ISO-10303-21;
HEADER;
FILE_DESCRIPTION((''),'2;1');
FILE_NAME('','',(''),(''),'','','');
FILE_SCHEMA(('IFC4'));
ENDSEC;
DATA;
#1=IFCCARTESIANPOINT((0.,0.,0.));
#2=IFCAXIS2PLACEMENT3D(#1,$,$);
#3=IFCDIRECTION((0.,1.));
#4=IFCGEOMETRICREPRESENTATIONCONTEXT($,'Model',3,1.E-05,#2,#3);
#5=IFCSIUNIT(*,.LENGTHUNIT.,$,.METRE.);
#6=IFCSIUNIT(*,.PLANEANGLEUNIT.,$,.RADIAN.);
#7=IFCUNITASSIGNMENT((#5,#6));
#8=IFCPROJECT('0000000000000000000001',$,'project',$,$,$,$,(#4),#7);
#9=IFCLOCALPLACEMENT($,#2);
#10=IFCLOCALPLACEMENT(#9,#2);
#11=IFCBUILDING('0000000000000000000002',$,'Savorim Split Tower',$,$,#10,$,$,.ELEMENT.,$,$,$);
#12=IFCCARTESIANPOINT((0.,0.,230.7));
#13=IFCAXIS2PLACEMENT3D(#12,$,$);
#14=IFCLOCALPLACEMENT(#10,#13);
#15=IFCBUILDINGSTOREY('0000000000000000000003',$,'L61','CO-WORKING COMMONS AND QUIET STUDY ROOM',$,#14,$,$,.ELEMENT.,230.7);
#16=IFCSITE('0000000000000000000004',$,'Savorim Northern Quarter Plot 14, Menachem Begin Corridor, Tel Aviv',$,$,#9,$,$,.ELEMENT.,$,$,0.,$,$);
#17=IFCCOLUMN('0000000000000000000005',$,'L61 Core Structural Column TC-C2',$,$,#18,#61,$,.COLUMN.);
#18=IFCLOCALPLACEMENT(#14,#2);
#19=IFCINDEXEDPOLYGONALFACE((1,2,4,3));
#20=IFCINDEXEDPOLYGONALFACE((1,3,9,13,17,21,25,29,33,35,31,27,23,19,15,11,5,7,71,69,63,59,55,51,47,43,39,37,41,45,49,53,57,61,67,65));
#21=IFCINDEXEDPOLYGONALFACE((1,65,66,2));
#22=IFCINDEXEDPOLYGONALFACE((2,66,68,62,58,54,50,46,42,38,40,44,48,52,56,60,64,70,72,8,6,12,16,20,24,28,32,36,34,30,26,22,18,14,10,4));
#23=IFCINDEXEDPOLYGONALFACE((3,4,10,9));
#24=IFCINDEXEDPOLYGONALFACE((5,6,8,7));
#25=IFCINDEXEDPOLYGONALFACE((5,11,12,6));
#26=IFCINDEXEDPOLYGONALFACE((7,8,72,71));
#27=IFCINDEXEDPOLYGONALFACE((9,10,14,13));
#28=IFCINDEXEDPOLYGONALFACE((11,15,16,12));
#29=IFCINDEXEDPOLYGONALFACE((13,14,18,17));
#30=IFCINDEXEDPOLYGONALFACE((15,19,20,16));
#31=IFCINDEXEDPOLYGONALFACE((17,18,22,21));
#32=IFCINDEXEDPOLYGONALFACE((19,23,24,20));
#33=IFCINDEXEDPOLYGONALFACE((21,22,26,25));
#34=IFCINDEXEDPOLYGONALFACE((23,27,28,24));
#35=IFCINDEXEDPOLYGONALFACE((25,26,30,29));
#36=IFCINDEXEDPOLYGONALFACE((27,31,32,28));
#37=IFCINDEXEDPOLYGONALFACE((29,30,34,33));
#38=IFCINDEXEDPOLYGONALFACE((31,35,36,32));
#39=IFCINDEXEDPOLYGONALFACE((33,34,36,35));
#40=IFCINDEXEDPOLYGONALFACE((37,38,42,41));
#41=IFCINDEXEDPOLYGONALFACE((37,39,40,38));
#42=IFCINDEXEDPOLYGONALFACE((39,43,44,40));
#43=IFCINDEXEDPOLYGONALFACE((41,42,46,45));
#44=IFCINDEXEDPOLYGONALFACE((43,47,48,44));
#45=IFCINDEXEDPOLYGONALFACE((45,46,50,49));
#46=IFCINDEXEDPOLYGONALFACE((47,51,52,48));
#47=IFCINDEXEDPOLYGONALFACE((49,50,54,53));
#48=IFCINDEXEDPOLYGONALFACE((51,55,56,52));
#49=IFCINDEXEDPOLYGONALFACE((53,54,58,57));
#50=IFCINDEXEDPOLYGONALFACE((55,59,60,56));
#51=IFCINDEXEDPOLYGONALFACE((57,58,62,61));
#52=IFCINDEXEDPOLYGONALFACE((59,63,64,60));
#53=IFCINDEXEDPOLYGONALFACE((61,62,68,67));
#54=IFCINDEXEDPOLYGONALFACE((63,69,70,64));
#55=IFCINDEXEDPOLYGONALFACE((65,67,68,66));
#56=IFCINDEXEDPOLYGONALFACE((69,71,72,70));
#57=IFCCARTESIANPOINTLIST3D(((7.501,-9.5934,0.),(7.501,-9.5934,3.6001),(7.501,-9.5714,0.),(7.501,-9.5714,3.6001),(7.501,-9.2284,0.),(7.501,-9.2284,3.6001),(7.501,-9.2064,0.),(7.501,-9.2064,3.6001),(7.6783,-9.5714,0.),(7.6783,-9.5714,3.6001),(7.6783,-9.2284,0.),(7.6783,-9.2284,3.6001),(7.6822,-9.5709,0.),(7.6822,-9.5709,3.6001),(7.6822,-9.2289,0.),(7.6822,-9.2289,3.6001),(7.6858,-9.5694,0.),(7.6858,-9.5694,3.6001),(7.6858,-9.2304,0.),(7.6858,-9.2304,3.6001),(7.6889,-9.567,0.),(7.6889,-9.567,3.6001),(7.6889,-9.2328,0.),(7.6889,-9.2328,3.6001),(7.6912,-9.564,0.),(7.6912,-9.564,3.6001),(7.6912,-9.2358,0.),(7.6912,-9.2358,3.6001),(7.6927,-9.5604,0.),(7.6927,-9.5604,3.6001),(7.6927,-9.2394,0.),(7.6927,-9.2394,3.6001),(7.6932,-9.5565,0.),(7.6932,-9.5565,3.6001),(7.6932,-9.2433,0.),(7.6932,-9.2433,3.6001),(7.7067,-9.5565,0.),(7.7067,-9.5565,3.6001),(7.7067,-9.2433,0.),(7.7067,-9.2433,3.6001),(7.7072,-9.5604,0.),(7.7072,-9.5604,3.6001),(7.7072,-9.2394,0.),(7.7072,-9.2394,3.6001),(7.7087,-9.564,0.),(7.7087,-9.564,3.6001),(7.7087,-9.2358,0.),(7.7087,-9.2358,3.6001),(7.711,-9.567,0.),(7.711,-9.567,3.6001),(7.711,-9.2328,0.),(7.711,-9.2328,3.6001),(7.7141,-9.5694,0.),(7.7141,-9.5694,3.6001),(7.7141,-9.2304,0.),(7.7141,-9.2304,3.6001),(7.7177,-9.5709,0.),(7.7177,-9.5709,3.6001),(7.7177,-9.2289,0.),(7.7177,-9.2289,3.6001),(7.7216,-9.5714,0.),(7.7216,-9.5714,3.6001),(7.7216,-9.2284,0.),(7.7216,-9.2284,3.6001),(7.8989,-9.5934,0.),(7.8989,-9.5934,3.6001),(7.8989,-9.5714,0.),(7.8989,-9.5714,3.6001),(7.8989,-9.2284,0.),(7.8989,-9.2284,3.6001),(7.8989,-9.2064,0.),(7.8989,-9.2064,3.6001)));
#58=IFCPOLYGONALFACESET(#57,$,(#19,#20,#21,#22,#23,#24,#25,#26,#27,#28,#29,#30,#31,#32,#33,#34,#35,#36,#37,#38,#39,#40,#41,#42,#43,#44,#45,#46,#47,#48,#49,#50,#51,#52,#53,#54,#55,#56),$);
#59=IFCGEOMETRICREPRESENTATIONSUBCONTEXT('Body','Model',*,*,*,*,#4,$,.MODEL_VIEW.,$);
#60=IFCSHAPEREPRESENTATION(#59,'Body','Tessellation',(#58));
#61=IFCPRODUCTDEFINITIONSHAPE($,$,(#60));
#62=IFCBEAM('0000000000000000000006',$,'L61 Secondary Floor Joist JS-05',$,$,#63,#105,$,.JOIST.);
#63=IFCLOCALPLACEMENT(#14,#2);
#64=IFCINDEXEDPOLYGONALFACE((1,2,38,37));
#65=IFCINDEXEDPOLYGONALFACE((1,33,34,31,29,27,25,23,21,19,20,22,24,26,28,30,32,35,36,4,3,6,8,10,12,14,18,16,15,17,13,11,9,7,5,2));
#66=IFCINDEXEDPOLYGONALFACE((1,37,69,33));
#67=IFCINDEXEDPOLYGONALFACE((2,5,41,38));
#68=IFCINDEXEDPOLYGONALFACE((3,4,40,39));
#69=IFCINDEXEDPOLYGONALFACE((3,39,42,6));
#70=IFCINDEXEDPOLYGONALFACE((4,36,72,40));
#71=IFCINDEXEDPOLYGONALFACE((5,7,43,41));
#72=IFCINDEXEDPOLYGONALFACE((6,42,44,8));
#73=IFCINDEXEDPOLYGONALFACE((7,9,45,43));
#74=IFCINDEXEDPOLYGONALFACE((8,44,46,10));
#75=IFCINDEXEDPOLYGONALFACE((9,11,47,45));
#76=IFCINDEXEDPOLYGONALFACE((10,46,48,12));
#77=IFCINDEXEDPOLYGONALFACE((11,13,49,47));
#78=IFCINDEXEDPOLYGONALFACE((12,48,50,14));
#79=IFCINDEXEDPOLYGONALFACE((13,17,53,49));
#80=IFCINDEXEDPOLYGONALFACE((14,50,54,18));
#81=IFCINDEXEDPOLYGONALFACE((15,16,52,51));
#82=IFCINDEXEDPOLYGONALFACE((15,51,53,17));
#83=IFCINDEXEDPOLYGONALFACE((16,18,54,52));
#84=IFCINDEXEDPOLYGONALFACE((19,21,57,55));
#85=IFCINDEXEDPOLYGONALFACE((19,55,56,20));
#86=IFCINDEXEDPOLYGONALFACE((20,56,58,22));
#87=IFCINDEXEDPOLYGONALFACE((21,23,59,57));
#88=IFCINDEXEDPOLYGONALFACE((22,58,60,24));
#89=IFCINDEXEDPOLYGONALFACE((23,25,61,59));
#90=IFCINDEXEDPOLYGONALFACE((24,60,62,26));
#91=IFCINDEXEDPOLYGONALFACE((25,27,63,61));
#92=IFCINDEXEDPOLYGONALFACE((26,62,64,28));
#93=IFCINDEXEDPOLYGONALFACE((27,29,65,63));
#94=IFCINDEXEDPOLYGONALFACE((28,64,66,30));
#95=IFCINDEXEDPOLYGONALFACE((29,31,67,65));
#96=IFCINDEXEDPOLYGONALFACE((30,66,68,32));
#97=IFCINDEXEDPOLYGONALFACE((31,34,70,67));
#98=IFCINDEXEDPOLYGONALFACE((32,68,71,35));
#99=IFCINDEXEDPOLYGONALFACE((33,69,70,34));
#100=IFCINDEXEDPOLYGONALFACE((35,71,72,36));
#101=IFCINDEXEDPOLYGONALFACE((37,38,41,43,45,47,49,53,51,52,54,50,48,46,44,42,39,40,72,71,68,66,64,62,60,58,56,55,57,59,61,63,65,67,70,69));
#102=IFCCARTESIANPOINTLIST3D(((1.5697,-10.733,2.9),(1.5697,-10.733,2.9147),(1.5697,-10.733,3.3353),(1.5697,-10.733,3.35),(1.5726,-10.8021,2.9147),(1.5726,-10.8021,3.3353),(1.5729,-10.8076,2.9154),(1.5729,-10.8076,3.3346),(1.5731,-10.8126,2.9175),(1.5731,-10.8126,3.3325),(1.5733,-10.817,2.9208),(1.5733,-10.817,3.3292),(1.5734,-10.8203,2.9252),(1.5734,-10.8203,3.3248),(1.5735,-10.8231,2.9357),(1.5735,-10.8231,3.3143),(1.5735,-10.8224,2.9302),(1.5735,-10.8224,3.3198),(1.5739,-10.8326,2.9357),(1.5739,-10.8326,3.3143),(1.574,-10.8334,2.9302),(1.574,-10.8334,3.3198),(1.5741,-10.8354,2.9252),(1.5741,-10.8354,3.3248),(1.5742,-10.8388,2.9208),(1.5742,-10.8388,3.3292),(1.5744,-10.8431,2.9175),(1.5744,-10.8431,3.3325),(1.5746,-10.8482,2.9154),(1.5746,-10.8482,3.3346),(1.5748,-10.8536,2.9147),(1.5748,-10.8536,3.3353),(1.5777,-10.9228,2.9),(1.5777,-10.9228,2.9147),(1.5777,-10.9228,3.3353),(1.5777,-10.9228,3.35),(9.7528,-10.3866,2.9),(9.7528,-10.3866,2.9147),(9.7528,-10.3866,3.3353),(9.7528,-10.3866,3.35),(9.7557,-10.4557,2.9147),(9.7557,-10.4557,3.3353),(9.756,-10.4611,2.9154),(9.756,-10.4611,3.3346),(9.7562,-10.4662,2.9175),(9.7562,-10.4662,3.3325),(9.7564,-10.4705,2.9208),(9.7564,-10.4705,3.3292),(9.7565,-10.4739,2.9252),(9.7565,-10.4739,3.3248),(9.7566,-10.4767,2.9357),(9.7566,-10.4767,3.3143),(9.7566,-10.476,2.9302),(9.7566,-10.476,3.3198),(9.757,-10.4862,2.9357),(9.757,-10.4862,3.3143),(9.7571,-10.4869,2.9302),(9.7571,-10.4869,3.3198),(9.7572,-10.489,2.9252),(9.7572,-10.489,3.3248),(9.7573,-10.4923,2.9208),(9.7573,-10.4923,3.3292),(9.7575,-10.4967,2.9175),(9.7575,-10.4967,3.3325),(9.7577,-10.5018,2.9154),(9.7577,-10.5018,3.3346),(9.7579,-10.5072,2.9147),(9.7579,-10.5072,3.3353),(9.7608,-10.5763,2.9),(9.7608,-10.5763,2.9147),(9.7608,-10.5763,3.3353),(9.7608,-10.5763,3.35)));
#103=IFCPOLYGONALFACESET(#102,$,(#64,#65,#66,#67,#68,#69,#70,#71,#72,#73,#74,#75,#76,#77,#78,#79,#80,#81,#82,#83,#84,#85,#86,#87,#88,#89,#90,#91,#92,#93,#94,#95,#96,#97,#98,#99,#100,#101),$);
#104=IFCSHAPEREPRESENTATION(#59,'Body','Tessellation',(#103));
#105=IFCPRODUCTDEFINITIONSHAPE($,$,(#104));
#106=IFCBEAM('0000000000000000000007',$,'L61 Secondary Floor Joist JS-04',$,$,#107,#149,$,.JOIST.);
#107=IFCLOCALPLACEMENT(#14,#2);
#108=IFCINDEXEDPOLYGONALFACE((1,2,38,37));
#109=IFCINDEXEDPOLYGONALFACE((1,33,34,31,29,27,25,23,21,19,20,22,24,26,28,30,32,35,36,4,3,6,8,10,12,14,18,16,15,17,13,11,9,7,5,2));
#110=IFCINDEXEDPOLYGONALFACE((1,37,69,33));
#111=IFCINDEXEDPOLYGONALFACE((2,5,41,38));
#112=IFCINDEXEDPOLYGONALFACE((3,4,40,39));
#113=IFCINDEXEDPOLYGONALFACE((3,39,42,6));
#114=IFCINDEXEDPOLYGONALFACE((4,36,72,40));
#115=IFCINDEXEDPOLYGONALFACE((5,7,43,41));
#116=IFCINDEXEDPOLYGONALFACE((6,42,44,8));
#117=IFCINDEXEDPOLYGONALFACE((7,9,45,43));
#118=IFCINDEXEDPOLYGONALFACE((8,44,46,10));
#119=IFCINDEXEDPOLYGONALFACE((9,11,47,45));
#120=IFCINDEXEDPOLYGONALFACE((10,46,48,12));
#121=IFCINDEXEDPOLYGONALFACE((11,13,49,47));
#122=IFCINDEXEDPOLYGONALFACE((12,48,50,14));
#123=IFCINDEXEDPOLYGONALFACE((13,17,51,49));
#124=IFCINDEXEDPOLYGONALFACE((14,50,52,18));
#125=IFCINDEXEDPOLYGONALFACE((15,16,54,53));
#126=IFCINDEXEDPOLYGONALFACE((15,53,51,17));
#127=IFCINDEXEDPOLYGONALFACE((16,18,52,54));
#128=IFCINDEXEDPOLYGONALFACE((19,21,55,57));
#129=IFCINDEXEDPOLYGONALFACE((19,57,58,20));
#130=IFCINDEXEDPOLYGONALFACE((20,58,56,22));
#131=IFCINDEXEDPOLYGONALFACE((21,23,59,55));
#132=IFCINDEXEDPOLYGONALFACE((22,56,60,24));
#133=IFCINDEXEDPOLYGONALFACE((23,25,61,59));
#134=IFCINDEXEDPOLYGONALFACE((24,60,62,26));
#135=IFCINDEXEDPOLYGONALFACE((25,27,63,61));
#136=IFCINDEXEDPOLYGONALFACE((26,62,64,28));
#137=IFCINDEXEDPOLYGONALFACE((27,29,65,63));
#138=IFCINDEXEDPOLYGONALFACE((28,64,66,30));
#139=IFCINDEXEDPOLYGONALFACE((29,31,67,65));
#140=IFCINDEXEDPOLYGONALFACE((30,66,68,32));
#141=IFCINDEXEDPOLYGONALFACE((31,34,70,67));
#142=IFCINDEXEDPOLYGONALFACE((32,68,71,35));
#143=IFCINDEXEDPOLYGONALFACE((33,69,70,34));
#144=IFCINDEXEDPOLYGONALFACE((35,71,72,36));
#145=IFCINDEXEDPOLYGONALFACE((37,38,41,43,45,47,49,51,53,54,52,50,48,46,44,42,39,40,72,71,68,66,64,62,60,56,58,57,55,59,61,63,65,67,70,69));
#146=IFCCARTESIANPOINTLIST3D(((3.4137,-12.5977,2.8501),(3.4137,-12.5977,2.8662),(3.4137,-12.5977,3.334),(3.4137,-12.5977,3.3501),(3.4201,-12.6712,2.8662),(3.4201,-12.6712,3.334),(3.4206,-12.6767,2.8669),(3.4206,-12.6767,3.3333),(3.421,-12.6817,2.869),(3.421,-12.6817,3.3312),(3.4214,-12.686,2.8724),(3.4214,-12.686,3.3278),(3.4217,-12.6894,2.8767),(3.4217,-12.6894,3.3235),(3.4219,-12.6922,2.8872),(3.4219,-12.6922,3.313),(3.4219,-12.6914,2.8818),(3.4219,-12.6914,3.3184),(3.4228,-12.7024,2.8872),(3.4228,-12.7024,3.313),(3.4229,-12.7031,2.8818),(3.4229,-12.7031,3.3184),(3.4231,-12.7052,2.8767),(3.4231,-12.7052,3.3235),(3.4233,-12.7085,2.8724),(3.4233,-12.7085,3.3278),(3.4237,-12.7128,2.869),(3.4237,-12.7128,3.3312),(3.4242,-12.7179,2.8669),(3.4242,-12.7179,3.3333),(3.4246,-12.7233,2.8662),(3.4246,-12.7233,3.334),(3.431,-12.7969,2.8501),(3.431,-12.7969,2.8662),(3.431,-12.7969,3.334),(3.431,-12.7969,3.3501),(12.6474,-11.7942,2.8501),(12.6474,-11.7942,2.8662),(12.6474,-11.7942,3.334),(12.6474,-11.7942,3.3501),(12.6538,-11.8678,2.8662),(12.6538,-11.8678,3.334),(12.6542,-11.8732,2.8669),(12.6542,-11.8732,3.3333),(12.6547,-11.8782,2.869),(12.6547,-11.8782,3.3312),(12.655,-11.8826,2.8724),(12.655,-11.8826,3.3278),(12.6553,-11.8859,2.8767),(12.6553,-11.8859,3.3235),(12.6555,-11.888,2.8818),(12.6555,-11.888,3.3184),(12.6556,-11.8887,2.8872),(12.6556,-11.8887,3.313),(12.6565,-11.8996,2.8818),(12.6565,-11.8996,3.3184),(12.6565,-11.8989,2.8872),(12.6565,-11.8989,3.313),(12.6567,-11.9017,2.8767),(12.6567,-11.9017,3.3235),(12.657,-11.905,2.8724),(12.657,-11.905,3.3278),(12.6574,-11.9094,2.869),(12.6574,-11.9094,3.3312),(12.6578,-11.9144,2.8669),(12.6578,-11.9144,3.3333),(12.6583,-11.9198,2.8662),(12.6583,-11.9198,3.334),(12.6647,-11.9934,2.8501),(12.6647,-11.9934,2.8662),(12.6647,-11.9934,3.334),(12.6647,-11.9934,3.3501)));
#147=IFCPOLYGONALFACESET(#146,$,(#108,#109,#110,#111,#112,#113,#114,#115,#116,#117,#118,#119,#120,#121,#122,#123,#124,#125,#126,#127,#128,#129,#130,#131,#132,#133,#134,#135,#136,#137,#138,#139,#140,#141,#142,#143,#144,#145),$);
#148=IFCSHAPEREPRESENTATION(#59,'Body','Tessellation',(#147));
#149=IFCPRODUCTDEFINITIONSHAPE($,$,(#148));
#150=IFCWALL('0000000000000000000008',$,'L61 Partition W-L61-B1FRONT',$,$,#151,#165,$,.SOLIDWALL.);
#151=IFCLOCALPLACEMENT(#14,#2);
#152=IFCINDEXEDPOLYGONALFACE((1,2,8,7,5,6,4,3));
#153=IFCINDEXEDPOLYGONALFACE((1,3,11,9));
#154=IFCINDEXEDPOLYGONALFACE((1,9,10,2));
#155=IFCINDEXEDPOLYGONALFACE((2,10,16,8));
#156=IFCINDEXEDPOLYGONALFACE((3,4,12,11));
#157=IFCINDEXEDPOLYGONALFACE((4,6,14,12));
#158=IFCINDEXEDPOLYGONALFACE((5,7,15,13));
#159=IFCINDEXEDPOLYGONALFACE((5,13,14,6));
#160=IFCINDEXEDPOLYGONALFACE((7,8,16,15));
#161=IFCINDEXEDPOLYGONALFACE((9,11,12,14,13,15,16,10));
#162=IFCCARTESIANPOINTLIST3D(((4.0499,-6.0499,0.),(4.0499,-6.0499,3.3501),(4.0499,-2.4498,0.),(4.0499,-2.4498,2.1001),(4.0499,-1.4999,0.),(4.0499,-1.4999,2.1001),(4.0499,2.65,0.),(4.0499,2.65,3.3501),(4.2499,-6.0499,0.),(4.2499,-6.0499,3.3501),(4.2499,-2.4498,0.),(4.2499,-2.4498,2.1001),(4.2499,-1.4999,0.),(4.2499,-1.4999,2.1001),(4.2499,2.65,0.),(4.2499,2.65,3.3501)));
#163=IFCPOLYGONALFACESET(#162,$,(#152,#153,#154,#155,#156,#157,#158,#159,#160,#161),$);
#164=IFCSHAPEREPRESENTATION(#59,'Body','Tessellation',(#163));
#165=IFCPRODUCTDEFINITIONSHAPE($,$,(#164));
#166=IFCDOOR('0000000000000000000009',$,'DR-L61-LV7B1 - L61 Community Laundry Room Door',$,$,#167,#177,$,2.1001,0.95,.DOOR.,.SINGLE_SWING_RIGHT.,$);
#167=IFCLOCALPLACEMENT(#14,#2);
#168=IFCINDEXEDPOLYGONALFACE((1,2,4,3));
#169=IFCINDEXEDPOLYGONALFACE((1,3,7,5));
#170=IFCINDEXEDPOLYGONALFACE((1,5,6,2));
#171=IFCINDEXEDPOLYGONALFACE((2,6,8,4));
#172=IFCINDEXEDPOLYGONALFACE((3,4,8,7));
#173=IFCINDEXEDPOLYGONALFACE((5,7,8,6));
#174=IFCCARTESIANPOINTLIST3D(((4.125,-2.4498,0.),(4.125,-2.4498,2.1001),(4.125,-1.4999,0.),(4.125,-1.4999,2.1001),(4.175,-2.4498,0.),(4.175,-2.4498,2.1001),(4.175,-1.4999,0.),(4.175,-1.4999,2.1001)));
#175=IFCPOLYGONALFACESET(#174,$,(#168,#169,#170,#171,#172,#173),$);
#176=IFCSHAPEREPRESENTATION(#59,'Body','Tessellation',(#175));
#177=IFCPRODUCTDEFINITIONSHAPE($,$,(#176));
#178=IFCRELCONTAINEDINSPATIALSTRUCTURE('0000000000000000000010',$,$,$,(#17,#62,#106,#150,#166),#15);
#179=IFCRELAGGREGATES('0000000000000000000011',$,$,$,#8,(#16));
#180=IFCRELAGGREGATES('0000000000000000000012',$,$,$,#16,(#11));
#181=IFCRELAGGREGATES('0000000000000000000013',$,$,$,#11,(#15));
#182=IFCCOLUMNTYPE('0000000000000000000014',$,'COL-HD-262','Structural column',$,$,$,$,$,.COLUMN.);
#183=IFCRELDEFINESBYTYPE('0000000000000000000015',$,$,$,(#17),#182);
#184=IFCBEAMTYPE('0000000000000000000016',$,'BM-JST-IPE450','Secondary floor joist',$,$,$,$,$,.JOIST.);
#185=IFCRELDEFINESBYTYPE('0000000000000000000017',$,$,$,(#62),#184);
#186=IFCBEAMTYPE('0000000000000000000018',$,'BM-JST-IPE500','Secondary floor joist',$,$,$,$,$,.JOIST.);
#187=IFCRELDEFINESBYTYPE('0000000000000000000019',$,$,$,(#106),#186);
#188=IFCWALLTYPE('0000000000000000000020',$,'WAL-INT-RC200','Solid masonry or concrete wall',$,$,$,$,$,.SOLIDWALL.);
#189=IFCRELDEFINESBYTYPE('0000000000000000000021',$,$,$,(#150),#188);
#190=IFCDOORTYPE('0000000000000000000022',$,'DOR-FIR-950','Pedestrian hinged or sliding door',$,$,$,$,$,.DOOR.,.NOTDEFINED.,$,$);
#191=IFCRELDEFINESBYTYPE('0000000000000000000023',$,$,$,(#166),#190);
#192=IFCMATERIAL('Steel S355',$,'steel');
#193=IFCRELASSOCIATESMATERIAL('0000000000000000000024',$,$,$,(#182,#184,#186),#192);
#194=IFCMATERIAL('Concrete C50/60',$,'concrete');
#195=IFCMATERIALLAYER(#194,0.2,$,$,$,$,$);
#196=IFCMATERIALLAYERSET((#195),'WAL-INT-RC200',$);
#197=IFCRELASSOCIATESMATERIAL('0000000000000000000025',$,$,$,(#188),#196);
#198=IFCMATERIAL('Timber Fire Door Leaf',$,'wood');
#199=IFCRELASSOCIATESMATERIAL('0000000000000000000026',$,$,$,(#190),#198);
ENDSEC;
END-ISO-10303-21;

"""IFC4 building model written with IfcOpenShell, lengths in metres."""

from ifc_helpers import new_model, si_unit, direction, frame, frame_2d, origin, origin_2d, place, context, subcontext, project, spatial, rectangle, i_section, extrude, material, layer, layer_set, material_profile, profile_set, type_object, element, fill, save


model = new_model("IFC4")

# Units and contexts
model_context = context("Model", 3, precision=1e-05, world=origin(), true_north=direction((0.0, 1.0)))
body_context = subcontext(model_context, "Body", "Model", "MODEL_VIEW")
ifc_project = project(units=[si_unit("LENGTHUNIT", "METRE"), si_unit("PLANEANGLEUNIT", "RADIAN")], contexts=[model_context])

# Site, building, storey
site_placement = place(None, origin())
site = spatial("IfcSite", under=ifc_project, at=site_placement, Name="Savorim Northern Quarter Plot 14, Menachem Begin Corridor, Tel Aviv", CompositionType="ELEMENT", RefElevation=0.0)
building_placement = place(site_placement, origin())
building = spatial("IfcBuilding", under=site, at=building_placement, Name="Savorim Split Tower", CompositionType="ELEMENT")
storey_placement = place(building_placement, frame((0.0, 0.0, 230.7)))
storey = spatial("IfcBuildingStorey", under=building, at=storey_placement, Name="L61", Description="CO-WORKING COMMONS AND QUIET STUDY ROOM", CompositionType="ELEMENT", Elevation=230.7)

# Column
ifc_material_1 = material(Name="Steel S355", Category="steel")
ifc_material_profile_1 = material_profile(ifc_material_1, i_section(OverallWidth=0.3979, OverallDepth=0.387, WebThickness=0.0134, FlangeThickness=0.022, FilletRadius=0.0149, at=origin_2d()), Name="HD 400x262")
ifc_profile_set_1 = profile_set([ifc_material_profile_1], Name="Steel S355")
column_type = type_object("IfcColumnType", Name="COL-HD-262", Description="Structural column", PredefinedType="COLUMN", material=ifc_profile_set_1)
column_placement = place(storey_placement, frame((7.7, -9.3999, 0.0), z_axis=(0.0, 0.0, 1.0), x_axis=(1.0, 0.0, 0.0)))
element("IfcColumn", 1, at=column_placement, inside=storey, type_object=column_type, Name="L61 Core Structural Column TC-C2", PredefinedType="COLUMN", context=body_context, shape_type="SweptSolid", body=[
    extrude(i_section(OverallWidth=0.3979, OverallDepth=0.387, WebThickness=0.0134, FlangeThickness=0.022, FilletRadius=0.0149, at=origin_2d()), origin(), (0.0, 0.0, 1.0), 3.6001),
])

# Beams
ifc_material_profile_2 = material_profile(ifc_material_1, i_section(OverallWidth=0.1899, OverallDepth=0.45, WebThickness=0.0095, FlangeThickness=0.0146, FilletRadius=0.021, at=origin_2d()), Name="IPE 450")
ifc_profile_set_2 = profile_set([ifc_material_profile_2], Name="Steel S355")
beam_type_1 = type_object("IfcBeamType", Name="BM-JST-IPE450", Description="Secondary floor joist", PredefinedType="JOIST", material=ifc_profile_set_2)
beam_1_placement = place(storey_placement, frame((1.5737, -10.8279, 3.125), z_axis=(0.999105, 0.042298, 0.0), x_axis=(-0.042298, 0.999105, 0.0)))
element("IfcBeam", 2, at=beam_1_placement, inside=storey, type_object=beam_type_1, Name="L61 Secondary Floor Joist JS-05", PredefinedType="JOIST", context=body_context, shape_type="SweptSolid", body=[
    extrude(i_section(OverallWidth=0.1899, OverallDepth=0.45, WebThickness=0.0095, FlangeThickness=0.0146, FilletRadius=0.021, at=origin_2d()), origin(), (0.0, 0.0, 1.0), 8.1904),
])
ifc_material_profile_3 = material_profile(ifc_material_1, i_section(OverallWidth=0.2, OverallDepth=0.5, WebThickness=0.0103, FlangeThickness=0.0161, FilletRadius=0.021, at=origin_2d()), Name="IPE 500")
ifc_profile_set_3 = profile_set([ifc_material_profile_3], Name="Steel S355")
beam_type_2 = type_object("IfcBeamType", Name="BM-JST-IPE500", Description="Secondary floor joist", PredefinedType="JOIST", material=ifc_profile_set_3)
beam_2_placement = place(storey_placement, frame((3.4224, -12.6973, 3.1001), z_axis=(0.996236, 0.086688, 0.0), x_axis=(-0.086688, 0.996236, 0.0)))
element("IfcBeam", 3, at=beam_2_placement, inside=storey, type_object=beam_type_2, Name="L61 Secondary Floor Joist JS-04", PredefinedType="JOIST", context=body_context, shape_type="SweptSolid", body=[
    extrude(i_section(OverallWidth=0.2, OverallDepth=0.5, WebThickness=0.0103, FlangeThickness=0.0161, FilletRadius=0.021, at=origin_2d()), origin(), (0.0, 0.0, 1.0), 9.2686),
])

# Wall, opening, door
ifc_material_2 = material(Name="Concrete C50/60", Category="concrete")
ifc_layer_1 = layer(ifc_material_2, 0.2)
ifc_layer_set_1 = layer_set([ifc_layer_1], Name="WAL-INT-RC200")
wall_type_1 = type_object("IfcWallType", Name="WAL-INT-RC200", Description="Solid masonry or concrete wall", PredefinedType="SOLIDWALL", material=ifc_layer_set_1)
wall_1_placement = place(storey_placement, frame((4.1499, -6.05, 0.0), z_axis=(0.0, 0.0, 1.0), x_axis=(0.0, 1.0, 0.0)))
wall_1 = element("IfcWall", 4, at=wall_1_placement, inside=storey, type_object=wall_type_1, Name="L61 Partition W-L61-B1FRONT", PredefinedType="SOLIDWALL", context=body_context, shape_type="SweptSolid", body=[
    extrude(rectangle(XDim=8.7, YDim=0.2, at=frame_2d((4.3501, 0.0))), origin(), (0.0, 0.0, 1.0), 3.3501),
])
opening_1_placement = place(wall_1_placement, frame((3.6001, 0.0, 0.0)))
opening_1 = element("IfcOpeningElement", 5, at=opening_1_placement, cuts=wall_1, PredefinedType="OPENING", context=body_context, shape_type="SweptSolid", body=[
    extrude(rectangle(XDim=0.95, YDim=2.1001, at=frame_2d((0.4751, 1.05))), frame((0.0, 0.1099, 0.0), z_axis=(0.0, -1.0, 0.0), x_axis=(1.0, 0.0, 0.0)), (0.0, 0.0, 1.0), 0.22),
])
ifc_material_3 = material(Name="Timber Fire Door Leaf", Category="wood")
door_type_1 = type_object("IfcDoorType", Name="DOR-FIR-950", Description="Pedestrian hinged or sliding door", OperationType="NOTDEFINED", PredefinedType="DOOR", material=ifc_material_3)
door_1_placement = place(opening_1_placement, origin())
door_1 = element("IfcDoor", 6, at=door_1_placement, inside=storey, type_object=door_type_1, Name="DR-L61-LV7B1 - L61 Community Laundry Room Door", OperationType="SINGLE_SWING_RIGHT", OverallHeight=2.1001, OverallWidth=0.95, PredefinedType="DOOR", context=body_context, shape_type="SweptSolid", body=[
    extrude(rectangle(XDim=0.95, YDim=2.1001, at=frame_2d((0.4751, 1.05))), frame((0.0, 0.0249, 0.0), z_axis=(0.0, -1.0, 0.0), x_axis=(1.0, 0.0, 0.0)), (0.0, 0.0, 1.0), 0.05),
])
fill(opening_1, door_1)

save(model, "model.ifc")
